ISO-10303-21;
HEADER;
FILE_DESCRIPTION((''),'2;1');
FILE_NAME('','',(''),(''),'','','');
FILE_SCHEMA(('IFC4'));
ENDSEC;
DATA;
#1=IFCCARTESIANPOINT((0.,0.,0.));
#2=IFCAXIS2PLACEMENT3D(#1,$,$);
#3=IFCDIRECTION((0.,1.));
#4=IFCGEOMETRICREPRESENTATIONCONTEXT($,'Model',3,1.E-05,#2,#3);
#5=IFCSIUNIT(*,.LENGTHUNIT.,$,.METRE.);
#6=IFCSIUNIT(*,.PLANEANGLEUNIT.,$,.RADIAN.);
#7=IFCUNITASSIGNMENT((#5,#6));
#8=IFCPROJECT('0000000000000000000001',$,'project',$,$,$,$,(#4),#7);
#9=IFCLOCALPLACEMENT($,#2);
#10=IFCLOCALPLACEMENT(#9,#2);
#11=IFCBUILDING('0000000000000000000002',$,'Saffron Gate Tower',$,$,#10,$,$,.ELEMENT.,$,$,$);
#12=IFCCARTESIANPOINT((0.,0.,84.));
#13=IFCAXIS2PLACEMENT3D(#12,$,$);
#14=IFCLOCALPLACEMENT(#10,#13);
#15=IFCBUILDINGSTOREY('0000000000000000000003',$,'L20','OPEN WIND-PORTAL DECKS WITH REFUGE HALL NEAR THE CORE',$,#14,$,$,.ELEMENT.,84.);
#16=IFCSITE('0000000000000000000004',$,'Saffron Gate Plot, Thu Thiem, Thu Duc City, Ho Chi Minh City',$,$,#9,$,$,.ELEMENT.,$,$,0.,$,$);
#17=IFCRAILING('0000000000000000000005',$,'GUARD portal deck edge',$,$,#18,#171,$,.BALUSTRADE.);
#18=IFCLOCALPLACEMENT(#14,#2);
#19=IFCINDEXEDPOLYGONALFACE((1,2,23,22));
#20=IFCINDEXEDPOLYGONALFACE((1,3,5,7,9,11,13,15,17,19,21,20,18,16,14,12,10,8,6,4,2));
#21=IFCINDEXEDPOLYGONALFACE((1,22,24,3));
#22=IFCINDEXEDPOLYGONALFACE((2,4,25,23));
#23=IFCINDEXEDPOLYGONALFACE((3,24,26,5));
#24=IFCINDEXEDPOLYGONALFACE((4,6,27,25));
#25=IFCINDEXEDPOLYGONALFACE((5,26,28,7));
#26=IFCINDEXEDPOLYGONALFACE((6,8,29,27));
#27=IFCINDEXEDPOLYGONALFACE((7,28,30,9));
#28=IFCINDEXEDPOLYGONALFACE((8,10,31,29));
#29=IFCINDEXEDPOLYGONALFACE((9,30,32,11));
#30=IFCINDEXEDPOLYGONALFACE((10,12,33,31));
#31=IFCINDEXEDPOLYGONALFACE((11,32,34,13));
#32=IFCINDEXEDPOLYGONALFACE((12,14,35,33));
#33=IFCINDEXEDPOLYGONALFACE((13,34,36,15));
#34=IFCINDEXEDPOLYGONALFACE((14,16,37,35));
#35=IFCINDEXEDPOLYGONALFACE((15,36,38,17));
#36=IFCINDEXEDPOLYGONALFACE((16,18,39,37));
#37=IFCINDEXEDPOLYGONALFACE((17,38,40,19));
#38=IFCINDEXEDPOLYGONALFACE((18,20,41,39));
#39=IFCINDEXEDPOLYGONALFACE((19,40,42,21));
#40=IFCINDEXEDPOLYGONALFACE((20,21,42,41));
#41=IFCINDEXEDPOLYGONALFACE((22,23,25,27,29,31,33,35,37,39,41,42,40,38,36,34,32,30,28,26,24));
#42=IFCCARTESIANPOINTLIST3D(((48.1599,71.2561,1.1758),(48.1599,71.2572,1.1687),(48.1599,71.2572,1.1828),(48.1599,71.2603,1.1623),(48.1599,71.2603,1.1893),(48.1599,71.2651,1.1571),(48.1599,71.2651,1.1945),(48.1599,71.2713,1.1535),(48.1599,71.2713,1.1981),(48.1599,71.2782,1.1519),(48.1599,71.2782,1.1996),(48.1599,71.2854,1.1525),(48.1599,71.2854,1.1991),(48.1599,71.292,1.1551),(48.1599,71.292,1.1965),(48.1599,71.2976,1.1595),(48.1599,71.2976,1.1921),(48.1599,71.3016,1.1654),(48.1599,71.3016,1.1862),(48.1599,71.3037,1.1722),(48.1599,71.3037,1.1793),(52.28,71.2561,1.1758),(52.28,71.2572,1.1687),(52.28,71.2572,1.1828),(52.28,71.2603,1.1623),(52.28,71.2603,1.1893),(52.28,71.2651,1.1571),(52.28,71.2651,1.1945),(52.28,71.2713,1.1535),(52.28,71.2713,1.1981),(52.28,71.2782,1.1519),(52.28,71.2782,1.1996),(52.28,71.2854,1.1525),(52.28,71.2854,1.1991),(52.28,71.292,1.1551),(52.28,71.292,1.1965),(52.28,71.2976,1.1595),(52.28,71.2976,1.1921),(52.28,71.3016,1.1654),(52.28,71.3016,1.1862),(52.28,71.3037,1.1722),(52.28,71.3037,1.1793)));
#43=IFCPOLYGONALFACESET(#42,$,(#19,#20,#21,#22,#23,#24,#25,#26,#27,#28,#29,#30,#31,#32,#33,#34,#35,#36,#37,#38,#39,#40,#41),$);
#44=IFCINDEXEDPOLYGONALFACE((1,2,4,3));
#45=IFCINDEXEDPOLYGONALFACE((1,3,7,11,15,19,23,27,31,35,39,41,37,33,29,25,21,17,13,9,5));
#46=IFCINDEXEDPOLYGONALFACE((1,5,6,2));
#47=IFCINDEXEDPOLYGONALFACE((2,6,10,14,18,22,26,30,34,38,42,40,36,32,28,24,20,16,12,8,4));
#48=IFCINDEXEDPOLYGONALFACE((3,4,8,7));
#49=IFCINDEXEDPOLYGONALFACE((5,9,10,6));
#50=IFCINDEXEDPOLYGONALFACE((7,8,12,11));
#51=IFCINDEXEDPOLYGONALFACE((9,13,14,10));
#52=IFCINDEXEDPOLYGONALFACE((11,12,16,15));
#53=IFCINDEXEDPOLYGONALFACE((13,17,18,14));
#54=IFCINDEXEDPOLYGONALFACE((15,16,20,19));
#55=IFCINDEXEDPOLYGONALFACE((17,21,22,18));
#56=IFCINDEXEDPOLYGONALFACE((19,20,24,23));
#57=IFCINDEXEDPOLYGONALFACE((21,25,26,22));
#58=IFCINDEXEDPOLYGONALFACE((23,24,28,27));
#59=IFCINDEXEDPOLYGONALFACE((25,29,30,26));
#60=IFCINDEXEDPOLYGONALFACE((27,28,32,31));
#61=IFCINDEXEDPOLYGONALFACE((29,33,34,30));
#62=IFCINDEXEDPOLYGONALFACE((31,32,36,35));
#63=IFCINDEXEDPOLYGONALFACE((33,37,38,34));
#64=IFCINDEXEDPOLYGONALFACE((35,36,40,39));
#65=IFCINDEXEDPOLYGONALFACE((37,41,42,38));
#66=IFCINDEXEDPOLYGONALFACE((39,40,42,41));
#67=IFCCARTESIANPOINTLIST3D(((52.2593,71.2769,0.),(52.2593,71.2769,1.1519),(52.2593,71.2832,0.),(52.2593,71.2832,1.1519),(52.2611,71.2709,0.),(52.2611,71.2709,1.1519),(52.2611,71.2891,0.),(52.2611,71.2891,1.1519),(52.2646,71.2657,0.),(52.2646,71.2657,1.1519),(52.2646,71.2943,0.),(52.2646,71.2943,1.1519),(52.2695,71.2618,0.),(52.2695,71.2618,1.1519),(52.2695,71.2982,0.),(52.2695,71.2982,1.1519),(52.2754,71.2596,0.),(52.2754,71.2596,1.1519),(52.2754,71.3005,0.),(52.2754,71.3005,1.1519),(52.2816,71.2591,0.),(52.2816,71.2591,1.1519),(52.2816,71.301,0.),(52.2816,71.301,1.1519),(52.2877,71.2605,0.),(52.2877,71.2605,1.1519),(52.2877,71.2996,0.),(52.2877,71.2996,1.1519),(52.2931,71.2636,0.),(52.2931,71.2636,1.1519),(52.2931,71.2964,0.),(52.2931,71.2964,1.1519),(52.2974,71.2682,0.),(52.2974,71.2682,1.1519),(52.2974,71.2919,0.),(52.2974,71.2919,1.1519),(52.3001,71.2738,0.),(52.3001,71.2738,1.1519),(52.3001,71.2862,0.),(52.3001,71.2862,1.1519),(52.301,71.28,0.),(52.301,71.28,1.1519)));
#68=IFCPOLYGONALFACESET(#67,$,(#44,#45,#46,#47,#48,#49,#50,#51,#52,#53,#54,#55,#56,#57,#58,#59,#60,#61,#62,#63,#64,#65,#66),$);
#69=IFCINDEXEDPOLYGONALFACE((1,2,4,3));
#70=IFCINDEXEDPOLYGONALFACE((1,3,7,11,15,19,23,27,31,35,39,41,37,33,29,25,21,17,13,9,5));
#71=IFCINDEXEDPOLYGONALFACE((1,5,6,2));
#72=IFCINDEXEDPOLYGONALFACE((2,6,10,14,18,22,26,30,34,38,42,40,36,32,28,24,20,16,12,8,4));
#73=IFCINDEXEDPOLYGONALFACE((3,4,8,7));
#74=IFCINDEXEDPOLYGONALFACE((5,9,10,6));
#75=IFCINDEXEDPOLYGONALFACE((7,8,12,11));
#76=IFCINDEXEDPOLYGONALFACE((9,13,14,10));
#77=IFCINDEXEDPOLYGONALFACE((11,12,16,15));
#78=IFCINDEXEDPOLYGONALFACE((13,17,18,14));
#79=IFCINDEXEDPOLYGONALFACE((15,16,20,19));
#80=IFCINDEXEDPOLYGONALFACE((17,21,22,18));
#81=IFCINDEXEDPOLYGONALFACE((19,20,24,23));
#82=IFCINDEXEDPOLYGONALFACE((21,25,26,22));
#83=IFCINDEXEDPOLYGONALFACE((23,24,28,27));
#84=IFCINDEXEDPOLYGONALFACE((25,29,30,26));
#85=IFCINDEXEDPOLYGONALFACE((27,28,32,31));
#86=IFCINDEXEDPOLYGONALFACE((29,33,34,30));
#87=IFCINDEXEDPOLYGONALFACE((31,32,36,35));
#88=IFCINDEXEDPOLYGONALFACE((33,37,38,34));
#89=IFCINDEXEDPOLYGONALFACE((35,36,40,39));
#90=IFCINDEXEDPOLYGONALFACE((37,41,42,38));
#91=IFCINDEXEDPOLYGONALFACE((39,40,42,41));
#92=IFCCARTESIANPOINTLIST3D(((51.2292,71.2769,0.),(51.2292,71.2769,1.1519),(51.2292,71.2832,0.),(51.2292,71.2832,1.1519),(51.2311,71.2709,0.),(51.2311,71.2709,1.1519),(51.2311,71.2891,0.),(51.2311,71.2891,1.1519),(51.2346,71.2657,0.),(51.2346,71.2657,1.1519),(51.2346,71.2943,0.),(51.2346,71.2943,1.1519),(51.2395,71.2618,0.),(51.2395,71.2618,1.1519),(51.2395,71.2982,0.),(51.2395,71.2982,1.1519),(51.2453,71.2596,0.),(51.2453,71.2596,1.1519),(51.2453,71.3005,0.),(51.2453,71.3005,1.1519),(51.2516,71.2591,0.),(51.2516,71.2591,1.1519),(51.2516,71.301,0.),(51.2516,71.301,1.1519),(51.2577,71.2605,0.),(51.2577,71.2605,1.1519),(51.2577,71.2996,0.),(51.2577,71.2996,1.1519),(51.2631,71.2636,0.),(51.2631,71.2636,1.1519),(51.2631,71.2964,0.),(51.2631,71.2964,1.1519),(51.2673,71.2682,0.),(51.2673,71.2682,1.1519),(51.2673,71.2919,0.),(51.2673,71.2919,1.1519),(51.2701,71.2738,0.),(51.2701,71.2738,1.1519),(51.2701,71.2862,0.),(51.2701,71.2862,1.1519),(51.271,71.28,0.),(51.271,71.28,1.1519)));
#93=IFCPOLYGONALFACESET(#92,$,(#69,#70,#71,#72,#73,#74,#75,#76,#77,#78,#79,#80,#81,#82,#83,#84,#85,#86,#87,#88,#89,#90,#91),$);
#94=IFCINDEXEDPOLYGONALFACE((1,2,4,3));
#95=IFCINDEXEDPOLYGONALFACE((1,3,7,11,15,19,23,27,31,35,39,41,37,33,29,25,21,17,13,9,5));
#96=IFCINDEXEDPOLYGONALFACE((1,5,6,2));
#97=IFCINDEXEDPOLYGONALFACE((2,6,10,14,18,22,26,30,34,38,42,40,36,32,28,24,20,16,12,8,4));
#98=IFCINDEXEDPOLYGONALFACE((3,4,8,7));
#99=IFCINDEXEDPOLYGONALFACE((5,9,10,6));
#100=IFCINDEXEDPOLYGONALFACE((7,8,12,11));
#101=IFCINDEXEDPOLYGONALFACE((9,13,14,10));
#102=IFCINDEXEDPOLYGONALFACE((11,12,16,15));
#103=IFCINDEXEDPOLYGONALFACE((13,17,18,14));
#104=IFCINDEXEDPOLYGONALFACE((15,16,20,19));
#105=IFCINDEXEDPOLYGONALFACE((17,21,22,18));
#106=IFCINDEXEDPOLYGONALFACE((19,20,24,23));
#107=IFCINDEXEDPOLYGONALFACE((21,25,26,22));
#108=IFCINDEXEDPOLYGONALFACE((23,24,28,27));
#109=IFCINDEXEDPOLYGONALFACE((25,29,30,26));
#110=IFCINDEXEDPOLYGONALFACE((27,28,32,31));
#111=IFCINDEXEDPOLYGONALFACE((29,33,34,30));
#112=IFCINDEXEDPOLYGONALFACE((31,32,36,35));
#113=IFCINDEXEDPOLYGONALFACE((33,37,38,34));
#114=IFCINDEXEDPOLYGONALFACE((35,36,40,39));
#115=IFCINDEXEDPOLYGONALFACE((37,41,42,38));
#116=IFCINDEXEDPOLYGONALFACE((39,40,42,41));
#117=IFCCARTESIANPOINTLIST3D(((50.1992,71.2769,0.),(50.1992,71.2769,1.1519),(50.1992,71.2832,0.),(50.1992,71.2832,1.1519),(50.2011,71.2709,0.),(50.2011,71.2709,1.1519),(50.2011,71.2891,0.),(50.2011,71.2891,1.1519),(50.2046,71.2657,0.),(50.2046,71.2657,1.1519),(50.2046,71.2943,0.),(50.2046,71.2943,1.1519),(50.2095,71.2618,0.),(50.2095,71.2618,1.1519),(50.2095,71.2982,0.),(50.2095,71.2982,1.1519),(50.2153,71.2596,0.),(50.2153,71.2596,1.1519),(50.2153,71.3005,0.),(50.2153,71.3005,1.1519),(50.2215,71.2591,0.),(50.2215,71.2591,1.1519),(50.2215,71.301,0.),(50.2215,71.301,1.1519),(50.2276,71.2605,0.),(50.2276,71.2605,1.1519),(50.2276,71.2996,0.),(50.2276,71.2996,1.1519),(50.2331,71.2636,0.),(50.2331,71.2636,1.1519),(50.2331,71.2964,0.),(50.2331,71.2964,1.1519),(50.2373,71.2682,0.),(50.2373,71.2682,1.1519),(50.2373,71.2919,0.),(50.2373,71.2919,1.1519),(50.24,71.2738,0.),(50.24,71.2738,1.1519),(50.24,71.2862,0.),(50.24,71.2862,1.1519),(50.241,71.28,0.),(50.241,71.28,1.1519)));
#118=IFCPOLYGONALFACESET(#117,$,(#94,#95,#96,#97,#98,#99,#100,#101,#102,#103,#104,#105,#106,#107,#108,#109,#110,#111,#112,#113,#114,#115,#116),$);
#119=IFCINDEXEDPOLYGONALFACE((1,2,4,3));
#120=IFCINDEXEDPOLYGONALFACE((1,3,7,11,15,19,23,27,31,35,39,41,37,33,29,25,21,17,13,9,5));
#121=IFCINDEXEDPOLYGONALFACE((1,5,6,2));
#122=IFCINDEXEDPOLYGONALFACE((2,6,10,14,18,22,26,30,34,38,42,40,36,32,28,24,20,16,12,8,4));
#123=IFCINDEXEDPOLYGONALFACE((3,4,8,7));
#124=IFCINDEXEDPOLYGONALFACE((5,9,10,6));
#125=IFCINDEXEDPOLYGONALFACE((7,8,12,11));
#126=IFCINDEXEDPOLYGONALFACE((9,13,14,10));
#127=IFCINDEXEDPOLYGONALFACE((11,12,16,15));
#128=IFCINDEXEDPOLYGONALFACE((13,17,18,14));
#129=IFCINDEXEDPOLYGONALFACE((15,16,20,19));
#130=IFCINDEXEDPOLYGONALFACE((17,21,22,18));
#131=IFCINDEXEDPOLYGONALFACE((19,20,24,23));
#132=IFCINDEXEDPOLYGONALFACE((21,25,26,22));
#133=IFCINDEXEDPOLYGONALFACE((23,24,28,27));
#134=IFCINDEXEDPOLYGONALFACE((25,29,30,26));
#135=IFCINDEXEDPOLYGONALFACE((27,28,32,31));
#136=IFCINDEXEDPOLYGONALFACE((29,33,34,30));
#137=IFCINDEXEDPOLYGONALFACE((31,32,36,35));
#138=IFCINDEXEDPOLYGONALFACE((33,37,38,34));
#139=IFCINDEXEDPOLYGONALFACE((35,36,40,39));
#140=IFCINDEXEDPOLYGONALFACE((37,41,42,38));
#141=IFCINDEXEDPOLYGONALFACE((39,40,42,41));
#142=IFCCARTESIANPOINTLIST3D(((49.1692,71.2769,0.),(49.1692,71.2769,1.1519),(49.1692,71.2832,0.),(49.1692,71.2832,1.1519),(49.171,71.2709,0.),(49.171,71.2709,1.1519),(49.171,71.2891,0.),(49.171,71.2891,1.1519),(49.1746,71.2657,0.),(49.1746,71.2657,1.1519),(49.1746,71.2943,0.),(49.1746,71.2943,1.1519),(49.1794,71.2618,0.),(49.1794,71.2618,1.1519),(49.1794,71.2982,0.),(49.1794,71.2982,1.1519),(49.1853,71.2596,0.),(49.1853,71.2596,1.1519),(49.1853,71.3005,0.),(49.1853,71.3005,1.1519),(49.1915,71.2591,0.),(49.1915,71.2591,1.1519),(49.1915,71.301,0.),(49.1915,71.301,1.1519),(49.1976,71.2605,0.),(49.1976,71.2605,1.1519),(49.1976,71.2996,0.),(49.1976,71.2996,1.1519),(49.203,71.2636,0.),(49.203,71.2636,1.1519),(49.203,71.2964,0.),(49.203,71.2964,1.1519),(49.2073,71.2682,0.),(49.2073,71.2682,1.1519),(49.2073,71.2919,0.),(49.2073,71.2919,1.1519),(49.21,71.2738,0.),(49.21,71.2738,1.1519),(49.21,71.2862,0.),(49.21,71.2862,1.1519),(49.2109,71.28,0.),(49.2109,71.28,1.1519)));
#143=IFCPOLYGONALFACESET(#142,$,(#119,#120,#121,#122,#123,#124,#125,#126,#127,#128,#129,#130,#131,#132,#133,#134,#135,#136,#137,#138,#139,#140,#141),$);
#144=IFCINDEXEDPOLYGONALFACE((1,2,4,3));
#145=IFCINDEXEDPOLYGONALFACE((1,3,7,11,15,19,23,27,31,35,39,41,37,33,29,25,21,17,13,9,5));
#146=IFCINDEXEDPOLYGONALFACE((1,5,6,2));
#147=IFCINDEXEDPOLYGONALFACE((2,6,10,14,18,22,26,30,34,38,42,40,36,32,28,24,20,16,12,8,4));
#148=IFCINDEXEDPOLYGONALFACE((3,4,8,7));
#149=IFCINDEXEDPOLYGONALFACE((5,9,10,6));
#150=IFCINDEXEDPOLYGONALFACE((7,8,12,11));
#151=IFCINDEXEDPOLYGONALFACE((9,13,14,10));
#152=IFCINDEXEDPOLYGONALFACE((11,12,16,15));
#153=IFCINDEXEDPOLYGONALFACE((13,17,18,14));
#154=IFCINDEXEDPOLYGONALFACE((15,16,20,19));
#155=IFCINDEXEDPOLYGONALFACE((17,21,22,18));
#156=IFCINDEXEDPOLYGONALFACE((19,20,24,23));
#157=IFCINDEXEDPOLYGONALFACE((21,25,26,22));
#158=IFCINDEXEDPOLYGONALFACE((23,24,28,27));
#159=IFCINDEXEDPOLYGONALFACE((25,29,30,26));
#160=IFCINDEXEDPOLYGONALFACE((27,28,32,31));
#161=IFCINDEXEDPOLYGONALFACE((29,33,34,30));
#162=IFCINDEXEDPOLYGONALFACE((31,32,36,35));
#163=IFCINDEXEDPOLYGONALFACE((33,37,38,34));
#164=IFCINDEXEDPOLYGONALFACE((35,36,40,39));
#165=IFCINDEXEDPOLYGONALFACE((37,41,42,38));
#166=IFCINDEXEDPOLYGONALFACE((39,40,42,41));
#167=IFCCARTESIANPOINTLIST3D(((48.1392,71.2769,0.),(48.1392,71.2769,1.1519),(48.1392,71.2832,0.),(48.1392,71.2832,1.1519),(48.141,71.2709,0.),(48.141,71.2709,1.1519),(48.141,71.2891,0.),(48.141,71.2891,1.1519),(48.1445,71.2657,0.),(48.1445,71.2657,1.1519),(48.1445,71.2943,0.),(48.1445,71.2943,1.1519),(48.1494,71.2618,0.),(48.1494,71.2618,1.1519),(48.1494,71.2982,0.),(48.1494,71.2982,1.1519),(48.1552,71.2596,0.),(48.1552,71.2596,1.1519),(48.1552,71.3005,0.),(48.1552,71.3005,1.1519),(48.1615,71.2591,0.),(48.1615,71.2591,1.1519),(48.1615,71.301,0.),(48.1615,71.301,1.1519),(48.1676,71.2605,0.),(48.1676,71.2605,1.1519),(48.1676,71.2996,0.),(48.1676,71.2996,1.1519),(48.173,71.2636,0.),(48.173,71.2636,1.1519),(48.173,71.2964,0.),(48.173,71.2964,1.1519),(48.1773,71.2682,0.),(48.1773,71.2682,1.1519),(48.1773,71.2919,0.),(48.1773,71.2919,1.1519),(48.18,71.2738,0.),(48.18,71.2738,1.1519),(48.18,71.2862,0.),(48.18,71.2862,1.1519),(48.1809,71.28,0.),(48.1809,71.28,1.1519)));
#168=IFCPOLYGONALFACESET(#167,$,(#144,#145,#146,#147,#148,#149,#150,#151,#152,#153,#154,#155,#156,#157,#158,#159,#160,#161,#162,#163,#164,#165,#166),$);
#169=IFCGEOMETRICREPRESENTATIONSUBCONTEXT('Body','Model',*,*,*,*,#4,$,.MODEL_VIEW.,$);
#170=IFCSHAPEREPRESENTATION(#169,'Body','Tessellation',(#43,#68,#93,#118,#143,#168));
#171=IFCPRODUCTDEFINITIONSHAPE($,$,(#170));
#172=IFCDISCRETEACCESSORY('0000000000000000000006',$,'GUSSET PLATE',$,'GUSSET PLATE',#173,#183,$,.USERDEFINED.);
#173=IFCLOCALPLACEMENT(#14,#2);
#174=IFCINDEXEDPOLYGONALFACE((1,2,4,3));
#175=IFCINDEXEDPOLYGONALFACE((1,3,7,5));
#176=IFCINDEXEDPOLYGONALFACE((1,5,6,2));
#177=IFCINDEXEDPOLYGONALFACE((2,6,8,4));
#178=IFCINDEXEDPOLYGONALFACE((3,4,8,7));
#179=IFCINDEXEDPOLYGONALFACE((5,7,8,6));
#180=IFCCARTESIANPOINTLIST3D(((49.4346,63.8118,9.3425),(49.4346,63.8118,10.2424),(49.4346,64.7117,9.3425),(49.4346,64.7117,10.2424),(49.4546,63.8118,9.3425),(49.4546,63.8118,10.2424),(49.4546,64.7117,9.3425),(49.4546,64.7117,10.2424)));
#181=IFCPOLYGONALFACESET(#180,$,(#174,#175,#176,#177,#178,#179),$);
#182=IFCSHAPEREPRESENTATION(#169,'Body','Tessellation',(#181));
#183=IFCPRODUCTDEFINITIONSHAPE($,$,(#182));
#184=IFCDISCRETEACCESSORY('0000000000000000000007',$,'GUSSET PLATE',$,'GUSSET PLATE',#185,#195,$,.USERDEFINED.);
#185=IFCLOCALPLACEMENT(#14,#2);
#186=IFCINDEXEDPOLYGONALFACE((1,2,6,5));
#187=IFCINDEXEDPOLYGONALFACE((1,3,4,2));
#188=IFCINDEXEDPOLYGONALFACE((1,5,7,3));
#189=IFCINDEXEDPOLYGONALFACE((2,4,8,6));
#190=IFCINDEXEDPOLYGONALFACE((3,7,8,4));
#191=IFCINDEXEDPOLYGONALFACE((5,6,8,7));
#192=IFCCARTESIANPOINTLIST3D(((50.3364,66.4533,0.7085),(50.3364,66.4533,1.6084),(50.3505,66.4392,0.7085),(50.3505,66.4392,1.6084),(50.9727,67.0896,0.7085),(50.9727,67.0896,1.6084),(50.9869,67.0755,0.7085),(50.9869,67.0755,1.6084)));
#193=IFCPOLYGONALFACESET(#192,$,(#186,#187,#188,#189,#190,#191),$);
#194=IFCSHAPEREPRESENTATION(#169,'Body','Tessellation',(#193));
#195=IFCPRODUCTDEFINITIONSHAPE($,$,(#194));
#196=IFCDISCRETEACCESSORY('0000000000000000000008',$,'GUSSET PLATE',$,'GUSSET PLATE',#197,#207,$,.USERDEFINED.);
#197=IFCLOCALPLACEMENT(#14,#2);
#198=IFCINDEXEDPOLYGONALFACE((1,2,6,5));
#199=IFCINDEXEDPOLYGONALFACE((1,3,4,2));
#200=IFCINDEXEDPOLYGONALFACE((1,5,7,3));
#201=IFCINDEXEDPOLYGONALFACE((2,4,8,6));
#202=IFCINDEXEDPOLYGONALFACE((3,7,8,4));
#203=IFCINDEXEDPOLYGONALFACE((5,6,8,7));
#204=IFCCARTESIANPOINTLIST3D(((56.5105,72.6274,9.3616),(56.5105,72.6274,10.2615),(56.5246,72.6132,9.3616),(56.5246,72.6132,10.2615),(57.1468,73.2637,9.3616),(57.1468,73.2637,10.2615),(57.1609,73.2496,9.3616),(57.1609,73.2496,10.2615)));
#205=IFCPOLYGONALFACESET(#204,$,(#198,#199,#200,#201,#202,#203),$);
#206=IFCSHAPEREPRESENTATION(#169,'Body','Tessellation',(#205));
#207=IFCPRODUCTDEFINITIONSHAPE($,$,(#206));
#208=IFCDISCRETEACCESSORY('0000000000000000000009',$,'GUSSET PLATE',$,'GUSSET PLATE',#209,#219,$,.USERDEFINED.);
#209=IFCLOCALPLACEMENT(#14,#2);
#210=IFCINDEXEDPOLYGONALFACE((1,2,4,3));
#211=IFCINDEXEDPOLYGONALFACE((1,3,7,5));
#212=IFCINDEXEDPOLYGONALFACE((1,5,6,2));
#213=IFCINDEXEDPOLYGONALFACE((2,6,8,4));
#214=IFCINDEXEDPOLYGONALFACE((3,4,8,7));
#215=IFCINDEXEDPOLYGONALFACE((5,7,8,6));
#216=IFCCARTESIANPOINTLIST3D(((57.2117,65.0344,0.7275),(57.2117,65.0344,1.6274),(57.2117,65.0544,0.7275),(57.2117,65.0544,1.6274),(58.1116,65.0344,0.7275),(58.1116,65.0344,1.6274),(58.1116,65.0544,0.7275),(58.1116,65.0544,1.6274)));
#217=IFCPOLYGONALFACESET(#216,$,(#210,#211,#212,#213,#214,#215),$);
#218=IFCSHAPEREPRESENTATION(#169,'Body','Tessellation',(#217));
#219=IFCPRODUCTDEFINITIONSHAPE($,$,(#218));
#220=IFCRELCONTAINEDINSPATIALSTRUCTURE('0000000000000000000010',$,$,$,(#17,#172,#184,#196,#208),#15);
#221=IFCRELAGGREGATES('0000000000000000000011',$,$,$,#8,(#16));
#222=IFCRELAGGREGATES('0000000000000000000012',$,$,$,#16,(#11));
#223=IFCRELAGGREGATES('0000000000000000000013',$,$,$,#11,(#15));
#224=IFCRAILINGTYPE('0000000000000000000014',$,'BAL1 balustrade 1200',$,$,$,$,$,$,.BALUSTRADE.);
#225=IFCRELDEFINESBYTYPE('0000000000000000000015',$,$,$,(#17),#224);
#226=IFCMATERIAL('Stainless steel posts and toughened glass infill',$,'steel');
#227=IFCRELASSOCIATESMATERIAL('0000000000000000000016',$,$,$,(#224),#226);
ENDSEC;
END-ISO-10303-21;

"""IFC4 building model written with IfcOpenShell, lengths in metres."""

from ifc_helpers import new_model, si_unit, direction, frame, origin, origin_2d, place, context, subcontext, project, spatial, rectangle, circle, extrude, material, type_object, element, save


model = new_model("IFC4")

# Units and contexts
model_context = context("Model", 3, precision=1e-05, world=origin(), true_north=direction((0.0, 1.0)))
body_context = subcontext(model_context, "Body", "Model", "MODEL_VIEW")
ifc_project = project(units=[si_unit("LENGTHUNIT", "METRE"), si_unit("PLANEANGLEUNIT", "RADIAN")], contexts=[model_context])

# Site, building, storey
site_placement = place(None, origin())
site = spatial("IfcSite", under=ifc_project, at=site_placement, Name="Saffron Gate Plot, Thu Thiem, Thu Duc City, Ho Chi Minh City", CompositionType="ELEMENT", RefElevation=0.0)
building_placement = place(site_placement, origin())
building = spatial("IfcBuilding", under=site, at=building_placement, Name="Saffron Gate Tower", CompositionType="ELEMENT")
storey_placement = place(building_placement, frame((0.0, 0.0, 84.0)))
storey = spatial("IfcBuildingStorey", under=building, at=storey_placement, Name="L20", Description="OPEN WIND-PORTAL DECKS WITH REFUGE HALL NEAR THE CORE", CompositionType="ELEMENT", Elevation=84.0)

# Railing
ifc_material_1 = material(Name="Stainless steel posts and toughened glass infill", Category="steel")
railing_type = type_object("IfcRailingType", Name="BAL1 balustrade 1200", PredefinedType="BALUSTRADE", material=ifc_material_1)
railing_1_placement = place(storey_placement, frame((52.28, 71.28, 0.0)))
element("IfcRailing", 1, at=railing_1_placement, inside=storey, type_object=railing_type, Name="GUARD portal deck edge", PredefinedType="BALUSTRADE", context=body_context, shape_type="SweptSolid", body=[
    extrude(circle(Radius=0.0239, at=origin_2d()), frame((0.0, 0.0, 1.1758), z_axis=(-1.0, 0.0, 0.0), x_axis=(0.0, -1.0, 0.0)), (0.0, 0.0, 1.0), 4.1201),
    extrude(circle(Radius=0.021, at=origin_2d()), origin(), (0.0, 0.0, 1.0), 1.1519),
    extrude(circle(Radius=0.021, at=origin_2d()), frame((-1.03, 0.0, 0.0)), (0.0, 0.0, 1.0), 1.1519),
    extrude(circle(Radius=0.021, at=origin_2d()), frame((-2.0601, 0.0, 0.0)), (0.0, 0.0, 1.0), 1.1519),
    extrude(circle(Radius=0.021, at=origin_2d()), frame((-3.0901, 0.0, 0.0)), (0.0, 0.0, 1.0), 1.1519),
    extrude(circle(Radius=0.021, at=origin_2d()), frame((-4.1201, 0.0, 0.0)), (0.0, 0.0, 1.0), 1.1519),
])

# Discrete accessories
for number, where, z_axis, x_axis, name in (
    (2, (49.4446, 64.2617, 9.3425), (0.0, 0.0, 1.0), (0.0, 1.0, 0.0), "GUSSET PLATE"),
    (3, (50.6616, 66.7644, 0.7085), (0.0, 0.0, 1.0), (0.707107, 0.707107, 0.0), "GUSSET PLATE"),
    (4, (56.8357, 72.9385, 9.3616), (0.0, 0.0, 1.0), (0.707107, 0.707107, 0.0), "GUSSET PLATE"),
    (5, (57.6616, 65.0444, 0.7275), (0.0, 0.0, 1.0), (-1.0, 0.0, 0.0), "GUSSET PLATE"),
):
    element("IfcDiscreteAccessory", number, at=place(storey_placement, frame(where, z_axis=z_axis, x_axis=x_axis)), inside=storey, Name=name, ObjectType="GUSSET PLATE", PredefinedType="USERDEFINED", context=body_context, shape_type="SweptSolid", body=[
        extrude(rectangle(XDim=0.8999, YDim=0.02, at=origin_2d()), origin(), (0.0, 0.0, 1.0), 0.8999),
    ])

save(model, "model.ifc")
